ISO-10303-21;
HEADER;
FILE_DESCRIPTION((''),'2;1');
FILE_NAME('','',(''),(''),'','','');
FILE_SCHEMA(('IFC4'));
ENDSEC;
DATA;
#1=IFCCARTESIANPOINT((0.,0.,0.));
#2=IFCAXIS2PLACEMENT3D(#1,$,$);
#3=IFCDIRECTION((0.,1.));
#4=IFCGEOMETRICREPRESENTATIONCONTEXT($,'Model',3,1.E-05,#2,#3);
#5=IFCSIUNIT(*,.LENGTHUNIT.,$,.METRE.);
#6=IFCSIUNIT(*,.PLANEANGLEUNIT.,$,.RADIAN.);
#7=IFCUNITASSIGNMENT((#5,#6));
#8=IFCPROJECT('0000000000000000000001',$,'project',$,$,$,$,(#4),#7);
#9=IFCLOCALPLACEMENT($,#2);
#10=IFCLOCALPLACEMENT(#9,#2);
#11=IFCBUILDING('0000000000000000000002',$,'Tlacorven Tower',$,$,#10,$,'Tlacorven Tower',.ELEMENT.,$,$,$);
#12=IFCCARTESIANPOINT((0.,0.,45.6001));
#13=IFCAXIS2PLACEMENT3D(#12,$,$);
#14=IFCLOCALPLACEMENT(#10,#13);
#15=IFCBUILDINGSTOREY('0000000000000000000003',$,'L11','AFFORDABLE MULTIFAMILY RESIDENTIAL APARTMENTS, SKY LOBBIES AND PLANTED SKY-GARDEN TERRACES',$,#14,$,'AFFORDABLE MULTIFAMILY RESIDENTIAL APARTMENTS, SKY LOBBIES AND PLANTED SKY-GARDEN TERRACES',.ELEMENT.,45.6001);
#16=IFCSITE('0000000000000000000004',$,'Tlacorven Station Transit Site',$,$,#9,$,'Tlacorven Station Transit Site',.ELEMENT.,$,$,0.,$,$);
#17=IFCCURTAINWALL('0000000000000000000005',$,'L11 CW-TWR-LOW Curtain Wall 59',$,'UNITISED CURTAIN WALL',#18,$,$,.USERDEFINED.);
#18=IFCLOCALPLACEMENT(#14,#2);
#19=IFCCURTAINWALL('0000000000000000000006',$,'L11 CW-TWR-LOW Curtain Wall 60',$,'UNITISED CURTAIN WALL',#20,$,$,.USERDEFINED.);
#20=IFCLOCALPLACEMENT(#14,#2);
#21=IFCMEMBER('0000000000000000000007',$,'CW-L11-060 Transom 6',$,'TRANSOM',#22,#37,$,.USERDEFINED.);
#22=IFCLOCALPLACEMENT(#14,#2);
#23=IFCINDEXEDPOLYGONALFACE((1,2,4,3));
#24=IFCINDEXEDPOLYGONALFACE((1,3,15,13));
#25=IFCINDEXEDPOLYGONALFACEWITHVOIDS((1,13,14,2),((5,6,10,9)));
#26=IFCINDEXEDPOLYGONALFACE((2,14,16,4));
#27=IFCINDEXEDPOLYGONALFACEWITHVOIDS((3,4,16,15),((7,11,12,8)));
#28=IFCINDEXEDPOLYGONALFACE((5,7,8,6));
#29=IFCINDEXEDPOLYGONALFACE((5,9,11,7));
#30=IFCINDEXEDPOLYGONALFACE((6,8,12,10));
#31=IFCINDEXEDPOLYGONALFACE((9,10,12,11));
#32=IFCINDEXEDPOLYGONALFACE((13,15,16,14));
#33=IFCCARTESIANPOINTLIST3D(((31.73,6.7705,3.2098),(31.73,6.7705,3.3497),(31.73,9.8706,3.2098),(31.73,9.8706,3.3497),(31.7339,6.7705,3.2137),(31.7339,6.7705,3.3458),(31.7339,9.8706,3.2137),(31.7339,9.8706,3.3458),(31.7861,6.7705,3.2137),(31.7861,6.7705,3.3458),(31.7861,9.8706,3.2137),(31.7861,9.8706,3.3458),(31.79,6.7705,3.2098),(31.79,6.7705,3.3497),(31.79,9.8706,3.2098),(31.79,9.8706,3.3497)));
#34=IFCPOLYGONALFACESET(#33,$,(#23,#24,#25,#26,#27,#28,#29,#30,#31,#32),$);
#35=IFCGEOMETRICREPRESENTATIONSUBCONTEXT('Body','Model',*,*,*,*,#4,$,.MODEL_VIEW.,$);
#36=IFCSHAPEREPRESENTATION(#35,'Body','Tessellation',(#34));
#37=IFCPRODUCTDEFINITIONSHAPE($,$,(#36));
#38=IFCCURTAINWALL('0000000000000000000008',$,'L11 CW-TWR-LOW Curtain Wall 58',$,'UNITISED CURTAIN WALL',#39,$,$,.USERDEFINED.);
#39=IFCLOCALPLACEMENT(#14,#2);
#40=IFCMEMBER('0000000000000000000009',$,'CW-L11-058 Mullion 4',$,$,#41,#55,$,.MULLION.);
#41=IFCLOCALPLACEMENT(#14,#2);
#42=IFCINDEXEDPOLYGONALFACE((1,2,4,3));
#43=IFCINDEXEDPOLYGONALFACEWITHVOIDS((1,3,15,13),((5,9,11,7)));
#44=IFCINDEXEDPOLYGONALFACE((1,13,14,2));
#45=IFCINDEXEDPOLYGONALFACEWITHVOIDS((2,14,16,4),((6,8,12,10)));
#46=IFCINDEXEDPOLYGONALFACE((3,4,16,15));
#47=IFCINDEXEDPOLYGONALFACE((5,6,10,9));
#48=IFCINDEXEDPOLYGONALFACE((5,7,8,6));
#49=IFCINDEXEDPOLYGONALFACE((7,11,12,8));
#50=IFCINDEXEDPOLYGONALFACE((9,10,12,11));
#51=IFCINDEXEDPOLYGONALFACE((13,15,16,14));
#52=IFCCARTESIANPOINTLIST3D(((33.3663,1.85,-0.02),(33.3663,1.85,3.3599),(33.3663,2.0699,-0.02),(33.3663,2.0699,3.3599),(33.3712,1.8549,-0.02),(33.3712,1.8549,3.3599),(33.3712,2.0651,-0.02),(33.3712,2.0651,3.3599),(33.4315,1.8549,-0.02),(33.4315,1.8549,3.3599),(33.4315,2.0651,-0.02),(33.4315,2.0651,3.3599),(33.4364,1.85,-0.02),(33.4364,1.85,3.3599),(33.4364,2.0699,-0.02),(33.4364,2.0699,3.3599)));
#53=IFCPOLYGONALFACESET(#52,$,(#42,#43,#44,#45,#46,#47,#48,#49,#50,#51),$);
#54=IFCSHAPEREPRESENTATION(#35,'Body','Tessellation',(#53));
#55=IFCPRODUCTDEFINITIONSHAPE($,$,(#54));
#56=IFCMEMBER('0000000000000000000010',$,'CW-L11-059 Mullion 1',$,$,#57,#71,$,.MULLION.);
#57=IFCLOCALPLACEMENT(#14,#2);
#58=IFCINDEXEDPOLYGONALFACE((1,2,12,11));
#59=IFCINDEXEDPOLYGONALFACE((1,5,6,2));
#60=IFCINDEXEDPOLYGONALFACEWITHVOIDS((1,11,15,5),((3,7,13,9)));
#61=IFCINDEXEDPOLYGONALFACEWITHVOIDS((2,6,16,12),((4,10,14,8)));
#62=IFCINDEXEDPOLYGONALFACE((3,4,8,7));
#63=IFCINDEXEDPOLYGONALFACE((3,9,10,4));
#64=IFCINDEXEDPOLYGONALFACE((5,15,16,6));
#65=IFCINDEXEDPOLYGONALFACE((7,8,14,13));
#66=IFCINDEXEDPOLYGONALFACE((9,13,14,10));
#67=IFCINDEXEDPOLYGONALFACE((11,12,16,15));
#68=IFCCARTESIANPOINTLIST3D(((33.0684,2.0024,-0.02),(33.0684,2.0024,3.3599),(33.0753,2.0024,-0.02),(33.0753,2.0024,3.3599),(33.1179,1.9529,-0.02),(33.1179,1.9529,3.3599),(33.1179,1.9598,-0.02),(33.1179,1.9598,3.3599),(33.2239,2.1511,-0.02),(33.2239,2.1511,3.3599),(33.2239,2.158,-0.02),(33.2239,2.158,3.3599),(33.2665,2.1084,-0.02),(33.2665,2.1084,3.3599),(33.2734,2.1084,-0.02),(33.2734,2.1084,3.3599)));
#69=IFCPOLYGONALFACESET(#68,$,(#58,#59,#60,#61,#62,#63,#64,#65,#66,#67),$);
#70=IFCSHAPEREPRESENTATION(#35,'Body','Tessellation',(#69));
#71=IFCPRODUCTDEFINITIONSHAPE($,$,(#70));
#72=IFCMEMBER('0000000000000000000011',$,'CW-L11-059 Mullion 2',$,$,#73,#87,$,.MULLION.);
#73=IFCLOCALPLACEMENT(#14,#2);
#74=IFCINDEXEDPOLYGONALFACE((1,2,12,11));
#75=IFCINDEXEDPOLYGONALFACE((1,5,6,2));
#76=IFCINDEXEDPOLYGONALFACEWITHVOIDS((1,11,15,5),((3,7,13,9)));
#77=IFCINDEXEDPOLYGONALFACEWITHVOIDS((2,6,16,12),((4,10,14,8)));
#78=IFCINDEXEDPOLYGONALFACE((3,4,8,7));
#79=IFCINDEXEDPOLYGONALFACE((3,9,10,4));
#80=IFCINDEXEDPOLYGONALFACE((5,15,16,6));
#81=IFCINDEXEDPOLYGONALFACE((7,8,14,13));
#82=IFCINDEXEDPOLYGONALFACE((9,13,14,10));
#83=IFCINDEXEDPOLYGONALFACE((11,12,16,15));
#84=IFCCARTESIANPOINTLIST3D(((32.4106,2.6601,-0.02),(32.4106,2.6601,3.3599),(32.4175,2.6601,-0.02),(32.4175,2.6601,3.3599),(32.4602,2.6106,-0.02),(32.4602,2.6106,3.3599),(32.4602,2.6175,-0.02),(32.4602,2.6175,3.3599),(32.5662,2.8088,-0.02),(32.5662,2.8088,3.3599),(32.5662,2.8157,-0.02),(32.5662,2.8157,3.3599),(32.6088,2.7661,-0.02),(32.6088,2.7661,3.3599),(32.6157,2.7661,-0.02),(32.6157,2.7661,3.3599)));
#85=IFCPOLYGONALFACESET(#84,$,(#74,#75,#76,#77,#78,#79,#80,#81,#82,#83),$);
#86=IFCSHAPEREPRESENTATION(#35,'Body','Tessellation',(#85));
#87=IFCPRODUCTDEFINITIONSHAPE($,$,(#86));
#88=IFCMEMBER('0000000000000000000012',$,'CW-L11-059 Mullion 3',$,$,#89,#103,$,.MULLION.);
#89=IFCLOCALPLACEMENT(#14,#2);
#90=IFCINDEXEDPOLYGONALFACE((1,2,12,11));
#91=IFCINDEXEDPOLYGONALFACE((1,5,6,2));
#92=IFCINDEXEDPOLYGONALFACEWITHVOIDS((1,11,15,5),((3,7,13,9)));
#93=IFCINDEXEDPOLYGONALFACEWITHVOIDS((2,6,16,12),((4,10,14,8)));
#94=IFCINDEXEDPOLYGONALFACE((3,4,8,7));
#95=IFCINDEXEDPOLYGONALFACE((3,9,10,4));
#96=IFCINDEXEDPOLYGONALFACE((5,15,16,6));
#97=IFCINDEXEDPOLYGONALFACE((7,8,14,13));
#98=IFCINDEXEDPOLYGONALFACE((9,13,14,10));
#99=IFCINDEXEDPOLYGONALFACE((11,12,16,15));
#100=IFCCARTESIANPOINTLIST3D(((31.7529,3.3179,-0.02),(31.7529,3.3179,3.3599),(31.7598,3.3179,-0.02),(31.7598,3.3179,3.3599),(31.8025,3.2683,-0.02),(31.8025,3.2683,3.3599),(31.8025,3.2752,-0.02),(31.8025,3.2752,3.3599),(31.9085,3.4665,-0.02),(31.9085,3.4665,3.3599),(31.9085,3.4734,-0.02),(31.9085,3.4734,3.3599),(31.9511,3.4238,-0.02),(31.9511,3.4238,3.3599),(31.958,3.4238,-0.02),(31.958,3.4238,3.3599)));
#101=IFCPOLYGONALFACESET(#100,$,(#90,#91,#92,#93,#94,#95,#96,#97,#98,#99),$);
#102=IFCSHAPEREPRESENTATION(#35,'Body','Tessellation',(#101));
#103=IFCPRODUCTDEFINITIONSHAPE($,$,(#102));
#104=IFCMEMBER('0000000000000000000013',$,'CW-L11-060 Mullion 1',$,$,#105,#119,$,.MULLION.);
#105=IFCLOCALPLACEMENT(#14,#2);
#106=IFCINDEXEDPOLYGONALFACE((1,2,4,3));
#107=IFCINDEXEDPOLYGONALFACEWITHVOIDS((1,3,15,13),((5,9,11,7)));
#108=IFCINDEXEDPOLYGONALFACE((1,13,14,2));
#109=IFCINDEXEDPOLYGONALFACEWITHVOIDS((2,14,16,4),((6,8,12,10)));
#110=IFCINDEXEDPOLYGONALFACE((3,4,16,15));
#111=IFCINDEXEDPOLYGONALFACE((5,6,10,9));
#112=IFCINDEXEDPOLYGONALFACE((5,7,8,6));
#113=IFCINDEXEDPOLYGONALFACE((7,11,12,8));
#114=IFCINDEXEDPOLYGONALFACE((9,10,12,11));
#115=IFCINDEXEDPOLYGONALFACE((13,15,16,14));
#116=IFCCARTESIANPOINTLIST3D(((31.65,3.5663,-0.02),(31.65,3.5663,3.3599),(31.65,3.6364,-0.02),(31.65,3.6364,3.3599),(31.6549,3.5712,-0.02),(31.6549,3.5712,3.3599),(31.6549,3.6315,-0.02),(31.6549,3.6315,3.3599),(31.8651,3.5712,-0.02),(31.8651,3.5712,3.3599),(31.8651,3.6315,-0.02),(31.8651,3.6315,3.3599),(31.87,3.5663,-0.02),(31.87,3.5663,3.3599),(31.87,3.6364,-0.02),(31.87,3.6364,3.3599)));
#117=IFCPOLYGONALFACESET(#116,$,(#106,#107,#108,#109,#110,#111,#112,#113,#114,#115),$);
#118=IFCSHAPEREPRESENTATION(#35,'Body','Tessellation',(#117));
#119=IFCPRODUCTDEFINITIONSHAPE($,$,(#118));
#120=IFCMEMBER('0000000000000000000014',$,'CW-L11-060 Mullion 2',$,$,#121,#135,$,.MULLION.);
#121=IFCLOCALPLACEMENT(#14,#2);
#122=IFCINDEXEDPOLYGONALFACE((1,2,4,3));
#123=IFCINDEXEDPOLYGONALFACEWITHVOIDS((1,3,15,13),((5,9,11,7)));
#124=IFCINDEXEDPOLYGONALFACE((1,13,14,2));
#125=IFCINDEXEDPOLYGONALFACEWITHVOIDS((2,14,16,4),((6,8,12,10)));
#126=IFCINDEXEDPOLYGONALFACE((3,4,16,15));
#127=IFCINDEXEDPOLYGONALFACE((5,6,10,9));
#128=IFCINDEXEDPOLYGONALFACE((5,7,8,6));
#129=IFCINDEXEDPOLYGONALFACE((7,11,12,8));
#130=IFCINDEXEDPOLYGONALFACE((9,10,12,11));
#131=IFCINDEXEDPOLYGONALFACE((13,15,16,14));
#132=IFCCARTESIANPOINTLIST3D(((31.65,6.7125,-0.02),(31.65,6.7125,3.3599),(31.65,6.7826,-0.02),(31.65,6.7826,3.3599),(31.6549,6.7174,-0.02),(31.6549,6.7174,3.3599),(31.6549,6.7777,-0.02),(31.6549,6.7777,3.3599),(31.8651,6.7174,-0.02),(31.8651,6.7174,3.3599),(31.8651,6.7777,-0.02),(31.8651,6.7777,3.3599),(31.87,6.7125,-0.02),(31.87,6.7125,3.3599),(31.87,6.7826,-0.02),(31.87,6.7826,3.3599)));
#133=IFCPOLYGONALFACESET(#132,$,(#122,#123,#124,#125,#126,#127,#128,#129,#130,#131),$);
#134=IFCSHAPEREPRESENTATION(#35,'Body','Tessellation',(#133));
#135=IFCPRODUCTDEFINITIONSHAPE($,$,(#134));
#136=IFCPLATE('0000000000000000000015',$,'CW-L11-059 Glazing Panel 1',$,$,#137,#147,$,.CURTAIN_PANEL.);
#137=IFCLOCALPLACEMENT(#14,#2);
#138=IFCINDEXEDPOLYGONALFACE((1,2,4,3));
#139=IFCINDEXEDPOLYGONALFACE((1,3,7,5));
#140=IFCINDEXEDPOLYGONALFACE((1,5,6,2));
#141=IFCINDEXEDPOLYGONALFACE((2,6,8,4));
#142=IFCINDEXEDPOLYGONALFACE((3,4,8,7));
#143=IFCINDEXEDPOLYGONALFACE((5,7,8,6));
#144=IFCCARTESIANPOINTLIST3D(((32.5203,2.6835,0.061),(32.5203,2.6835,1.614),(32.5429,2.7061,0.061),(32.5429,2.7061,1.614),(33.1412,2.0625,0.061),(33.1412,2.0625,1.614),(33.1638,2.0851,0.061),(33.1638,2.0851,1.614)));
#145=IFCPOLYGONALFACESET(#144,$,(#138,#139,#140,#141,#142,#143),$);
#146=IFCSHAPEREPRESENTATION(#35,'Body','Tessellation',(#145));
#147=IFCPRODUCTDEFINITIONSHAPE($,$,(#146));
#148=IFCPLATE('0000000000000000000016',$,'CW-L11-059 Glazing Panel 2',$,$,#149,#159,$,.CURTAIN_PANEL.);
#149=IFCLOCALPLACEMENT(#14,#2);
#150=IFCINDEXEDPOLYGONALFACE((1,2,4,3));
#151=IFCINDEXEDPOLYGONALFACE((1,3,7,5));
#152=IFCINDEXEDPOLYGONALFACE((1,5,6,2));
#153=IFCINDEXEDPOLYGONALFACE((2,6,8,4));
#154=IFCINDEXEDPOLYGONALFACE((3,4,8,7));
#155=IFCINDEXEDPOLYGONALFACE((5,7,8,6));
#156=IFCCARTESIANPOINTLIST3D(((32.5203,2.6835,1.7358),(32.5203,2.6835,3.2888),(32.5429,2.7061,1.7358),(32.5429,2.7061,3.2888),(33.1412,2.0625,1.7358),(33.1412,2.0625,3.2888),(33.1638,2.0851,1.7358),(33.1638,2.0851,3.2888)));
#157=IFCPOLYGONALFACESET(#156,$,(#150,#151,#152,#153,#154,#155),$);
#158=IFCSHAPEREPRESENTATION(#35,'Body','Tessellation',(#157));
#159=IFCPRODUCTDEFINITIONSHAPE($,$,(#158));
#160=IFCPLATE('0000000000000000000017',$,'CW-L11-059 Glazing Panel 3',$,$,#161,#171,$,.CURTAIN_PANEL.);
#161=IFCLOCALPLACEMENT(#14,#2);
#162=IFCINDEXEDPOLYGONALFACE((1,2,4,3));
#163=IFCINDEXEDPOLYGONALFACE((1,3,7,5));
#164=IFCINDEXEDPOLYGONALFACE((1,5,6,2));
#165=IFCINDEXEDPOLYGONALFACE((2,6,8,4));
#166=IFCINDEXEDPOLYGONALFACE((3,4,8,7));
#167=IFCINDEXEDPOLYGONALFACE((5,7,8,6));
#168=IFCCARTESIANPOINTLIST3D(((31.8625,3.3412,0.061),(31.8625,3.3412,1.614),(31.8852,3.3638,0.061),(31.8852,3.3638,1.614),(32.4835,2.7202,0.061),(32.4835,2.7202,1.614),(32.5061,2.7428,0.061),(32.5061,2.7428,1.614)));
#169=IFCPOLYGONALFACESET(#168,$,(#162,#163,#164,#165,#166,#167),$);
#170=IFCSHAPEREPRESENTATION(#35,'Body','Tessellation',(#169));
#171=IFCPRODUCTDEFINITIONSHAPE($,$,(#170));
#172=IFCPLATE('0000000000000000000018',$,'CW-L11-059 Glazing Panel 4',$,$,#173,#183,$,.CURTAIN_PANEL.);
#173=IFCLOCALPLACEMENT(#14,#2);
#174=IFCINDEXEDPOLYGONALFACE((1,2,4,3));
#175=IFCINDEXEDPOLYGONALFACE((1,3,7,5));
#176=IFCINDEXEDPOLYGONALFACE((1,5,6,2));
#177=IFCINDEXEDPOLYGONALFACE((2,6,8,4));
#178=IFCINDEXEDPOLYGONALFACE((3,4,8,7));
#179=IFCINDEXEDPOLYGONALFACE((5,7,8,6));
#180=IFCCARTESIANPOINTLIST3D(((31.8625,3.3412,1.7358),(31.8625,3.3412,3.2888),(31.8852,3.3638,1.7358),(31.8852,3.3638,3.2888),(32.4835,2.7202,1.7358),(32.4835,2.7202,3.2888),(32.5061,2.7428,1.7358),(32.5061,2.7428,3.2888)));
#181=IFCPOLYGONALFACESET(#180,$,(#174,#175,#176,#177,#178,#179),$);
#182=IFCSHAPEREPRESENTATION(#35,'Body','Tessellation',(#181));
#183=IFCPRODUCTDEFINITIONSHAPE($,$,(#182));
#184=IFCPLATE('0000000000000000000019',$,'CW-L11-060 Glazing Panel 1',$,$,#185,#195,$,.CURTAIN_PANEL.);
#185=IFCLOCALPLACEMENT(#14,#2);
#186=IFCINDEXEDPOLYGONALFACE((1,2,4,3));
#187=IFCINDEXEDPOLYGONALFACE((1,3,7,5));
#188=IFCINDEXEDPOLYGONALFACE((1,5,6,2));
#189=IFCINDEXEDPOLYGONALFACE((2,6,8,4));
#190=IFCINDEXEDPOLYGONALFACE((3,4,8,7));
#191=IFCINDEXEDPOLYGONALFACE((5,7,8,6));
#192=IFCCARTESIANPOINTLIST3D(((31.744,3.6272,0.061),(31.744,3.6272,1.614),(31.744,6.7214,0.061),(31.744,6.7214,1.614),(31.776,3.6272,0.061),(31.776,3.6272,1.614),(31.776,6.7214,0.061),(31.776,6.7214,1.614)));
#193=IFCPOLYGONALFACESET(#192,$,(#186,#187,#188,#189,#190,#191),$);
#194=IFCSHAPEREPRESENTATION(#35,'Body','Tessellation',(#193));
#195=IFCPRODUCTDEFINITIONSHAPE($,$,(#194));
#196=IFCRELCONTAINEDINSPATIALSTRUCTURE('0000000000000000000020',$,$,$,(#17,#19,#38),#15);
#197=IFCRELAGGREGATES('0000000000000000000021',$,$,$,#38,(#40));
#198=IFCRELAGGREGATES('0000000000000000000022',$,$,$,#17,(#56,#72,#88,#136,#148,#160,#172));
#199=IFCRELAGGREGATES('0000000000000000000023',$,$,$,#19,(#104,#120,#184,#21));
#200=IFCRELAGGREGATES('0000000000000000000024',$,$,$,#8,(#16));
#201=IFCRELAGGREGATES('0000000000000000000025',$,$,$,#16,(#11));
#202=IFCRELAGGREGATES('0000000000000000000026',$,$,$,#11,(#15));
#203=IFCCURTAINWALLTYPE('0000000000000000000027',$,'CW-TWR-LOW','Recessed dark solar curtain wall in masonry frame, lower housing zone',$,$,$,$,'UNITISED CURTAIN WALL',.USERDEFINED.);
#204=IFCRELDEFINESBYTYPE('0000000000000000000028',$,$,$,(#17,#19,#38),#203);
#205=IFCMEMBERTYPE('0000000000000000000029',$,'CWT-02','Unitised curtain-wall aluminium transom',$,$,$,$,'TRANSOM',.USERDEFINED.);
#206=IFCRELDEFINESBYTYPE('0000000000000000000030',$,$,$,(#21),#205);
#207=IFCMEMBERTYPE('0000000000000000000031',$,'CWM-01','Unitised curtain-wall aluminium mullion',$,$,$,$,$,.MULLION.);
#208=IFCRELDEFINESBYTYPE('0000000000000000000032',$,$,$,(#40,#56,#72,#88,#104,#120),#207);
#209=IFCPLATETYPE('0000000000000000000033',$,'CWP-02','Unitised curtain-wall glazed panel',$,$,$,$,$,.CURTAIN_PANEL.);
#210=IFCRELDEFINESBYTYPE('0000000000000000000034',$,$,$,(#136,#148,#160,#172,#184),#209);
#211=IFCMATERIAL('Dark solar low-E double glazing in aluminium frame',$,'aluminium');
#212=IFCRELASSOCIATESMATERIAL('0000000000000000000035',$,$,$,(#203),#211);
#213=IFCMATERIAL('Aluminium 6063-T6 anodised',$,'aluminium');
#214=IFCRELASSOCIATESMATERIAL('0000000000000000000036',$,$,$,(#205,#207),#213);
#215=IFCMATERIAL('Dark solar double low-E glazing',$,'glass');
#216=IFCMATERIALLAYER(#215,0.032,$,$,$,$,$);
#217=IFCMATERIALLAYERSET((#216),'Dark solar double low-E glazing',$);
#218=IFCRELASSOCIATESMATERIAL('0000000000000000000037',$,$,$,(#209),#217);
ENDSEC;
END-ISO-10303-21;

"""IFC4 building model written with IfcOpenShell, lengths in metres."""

from ifc_helpers import new_model, si_unit, direction, frame, origin, origin_2d, place, context, subcontext, project, spatial, rectangle, hollow_rectangle, extrude, source, transform, mapped, material, layer, layer_set, material_profile, profile_set, type_object, element, aggregate, save


model = new_model("IFC4")

# Units and contexts
model_context = context("Model", 3, precision=1e-05, world=origin(), true_north=direction((0.0, 1.0)))
body_context = subcontext(model_context, "Body", "Model", "MODEL_VIEW")
ifc_project = project(units=[si_unit("LENGTHUNIT", "METRE"), si_unit("PLANEANGLEUNIT", "RADIAN")], contexts=[model_context])

# Site, building, storey
site_placement = place(None, origin())
site = spatial("IfcSite", under=ifc_project, at=site_placement, Name="Tlacorven Station Transit Site", LongName="Tlacorven Station Transit Site", CompositionType="ELEMENT", RefElevation=0.0)
building_placement = place(site_placement, origin())
building = spatial("IfcBuilding", under=site, at=building_placement, Name="Tlacorven Tower", LongName="Tlacorven Tower", CompositionType="ELEMENT")
storey_placement = place(building_placement, frame((0.0, 0.0, 45.6001)))
storey = spatial("IfcBuildingStorey", under=building, at=storey_placement, Name="L11", Description="AFFORDABLE MULTIFAMILY RESIDENTIAL APARTMENTS, SKY LOBBIES AND PLANTED SKY-GARDEN TERRACES", LongName="AFFORDABLE MULTIFAMILY RESIDENTIAL APARTMENTS, SKY LOBBIES AND PLANTED SKY-GARDEN TERRACES", CompositionType="ELEMENT", Elevation=45.6001)

# Curtain walls, member
ifc_material_1 = material(Name="Dark solar low-E double glazing in aluminium frame", Category="aluminium")
curtain_wall_type = type_object("IfcCurtainWallType", Name="CW-TWR-LOW", Description="Recessed dark solar curtain wall in masonry frame, lower housing zone", ElementType="UNITISED CURTAIN WALL", PredefinedType="USERDEFINED", material=ifc_material_1)
curtain_wall_1_placement = place(storey_placement, origin())
curtain_wall_1 = element("IfcCurtainWall", 1, at=curtain_wall_1_placement, inside=storey, type_object=curtain_wall_type, Name="L11 CW-TWR-LOW Curtain Wall 59", ObjectType="UNITISED CURTAIN WALL", PredefinedType="USERDEFINED")
ifc_material_2 = material(Name="Aluminium 6063-T6 anodised", Category="aluminium")
ifc_material_profile_1 = material_profile(ifc_material_2, hollow_rectangle(XDim=0.0601, YDim=0.1399, WallThickness=0.0039, at=origin_2d()), Name="ALU TRANSOM 60X140")
ifc_profile_set_1 = profile_set([ifc_material_profile_1], Name="Aluminium 6063-T6 anodised")
member_type_1 = type_object("IfcMemberType", Name="CWT-02", Description="Unitised curtain-wall aluminium transom", ElementType="TRANSOM", PredefinedType="USERDEFINED", material=ifc_profile_set_1)
curtain_wall_2_placement = place(storey_placement, origin())
curtain_wall_2 = element("IfcCurtainWall", 2, at=curtain_wall_2_placement, inside=storey, type_object=curtain_wall_type, Name="L11 CW-TWR-LOW Curtain Wall 60", ObjectType="UNITISED CURTAIN WALL", PredefinedType="USERDEFINED")
shared_shape_1 = source(origin(), body_context, "Body", "SweptSolid", [
    extrude(hollow_rectangle(XDim=0.0601, YDim=0.1399, WallThickness=0.0039, at=origin_2d()), origin(), (0.0, 0.0, 1.0), 3.1001),
])
member_1_placement = place(storey_placement, frame((31.76, 6.7705, 3.2798), z_axis=(0.0, 1.0, 0.0), x_axis=(-1.0, 0.0, 0.0)))
member_1 = element("IfcMember", 3, at=member_1_placement, type_object=member_type_1, Name="CW-L11-060 Transom 6", ObjectType="TRANSOM", PredefinedType="USERDEFINED", context=body_context, shape_type="MappedRepresentation", body=[
    mapped(shared_shape_1, transform((0.0, 0.0, 0.0), scale=1.0)),
])

# Curtain wall, member
curtain_wall_3_placement = place(storey_placement, origin())
curtain_wall_3 = element("IfcCurtainWall", 4, at=curtain_wall_3_placement, inside=storey, type_object=curtain_wall_type, Name="L11 CW-TWR-LOW Curtain Wall 58", ObjectType="UNITISED CURTAIN WALL", PredefinedType="USERDEFINED")
ifc_material_profile_2 = material_profile(ifc_material_2, hollow_rectangle(XDim=0.0701, YDim=0.22, WallThickness=0.0049, at=origin_2d()), Name="ALU MULLION 70X220")
ifc_profile_set_2 = profile_set([ifc_material_profile_2], Name="Aluminium 6063-T6 anodised")
member_type_2 = type_object("IfcMemberType", Name="CWM-01", Description="Unitised curtain-wall aluminium mullion", PredefinedType="MULLION", material=ifc_profile_set_2)
shared_shape_2 = source(origin(), body_context, "Body", "SweptSolid", [
    extrude(hollow_rectangle(XDim=0.0701, YDim=0.22, WallThickness=0.0049, at=origin_2d()), origin(), (0.0, 0.0, 1.0), 3.3799),
])
member_2_placement = place(storey_placement, frame((33.4014, 1.96, -0.02), z_axis=(0.0, 0.0, 1.0), x_axis=(-1.0, 0.0, 0.0)))
member_2 = element("IfcMember", 5, at=member_2_placement, type_object=member_type_2, Name="CW-L11-058 Mullion 4", PredefinedType="MULLION", context=body_context, shape_type="MappedRepresentation", body=[
    mapped(shared_shape_2, transform((0.0, 0.0, 0.0), scale=1.0)),
])
aggregate(curtain_wall_3, [member_2])

# Members
member_3_placement = place(storey_placement, frame((33.1709, 2.0554, -0.02), z_axis=(0.0, 0.0, 1.0), x_axis=(-0.707107, 0.707107, 0.0)))
member_3 = element("IfcMember", 6, at=member_3_placement, type_object=member_type_2, Name="CW-L11-059 Mullion 1", PredefinedType="MULLION", context=body_context, shape_type="MappedRepresentation", body=[
    mapped(shared_shape_2, transform((0.0, 0.0, 0.0), scale=1.0)),
])
member_4_placement = place(storey_placement, frame((32.5132, 2.7131, -0.02), z_axis=(0.0, 0.0, 1.0), x_axis=(-0.707107, 0.707107, 0.0)))
member_4 = element("IfcMember", 7, at=member_4_placement, type_object=member_type_2, Name="CW-L11-059 Mullion 2", PredefinedType="MULLION", context=body_context, shape_type="MappedRepresentation", body=[
    mapped(shared_shape_2, transform((0.0, 0.0, 0.0), scale=1.0)),
])
member_5_placement = place(storey_placement, frame((31.8555, 3.3708, -0.02), z_axis=(0.0, 0.0, 1.0), x_axis=(-0.707107, 0.707107, 0.0)))
member_5 = element("IfcMember", 8, at=member_5_placement, type_object=member_type_2, Name="CW-L11-059 Mullion 3", PredefinedType="MULLION", context=body_context, shape_type="MappedRepresentation", body=[
    mapped(shared_shape_2, transform((0.0, 0.0, 0.0), scale=1.0)),
])
member_6_placement = place(storey_placement, frame((31.76, 3.6013, -0.02), z_axis=(0.0, 0.0, 1.0), x_axis=(0.0, 1.0, 0.0)))
member_6 = element("IfcMember", 9, at=member_6_placement, type_object=member_type_2, Name="CW-L11-060 Mullion 1", PredefinedType="MULLION", context=body_context, shape_type="MappedRepresentation", body=[
    mapped(shared_shape_2, transform((0.0, 0.0, 0.0), scale=1.0)),
])
member_7_placement = place(storey_placement, frame((31.76, 6.7476, -0.02), z_axis=(0.0, 0.0, 1.0), x_axis=(0.0, 1.0, 0.0)))
member_7 = element("IfcMember", 10, at=member_7_placement, type_object=member_type_2, Name="CW-L11-060 Mullion 2", PredefinedType="MULLION", context=body_context, shape_type="MappedRepresentation", body=[
    mapped(shared_shape_2, transform((0.0, 0.0, 0.0), scale=1.0)),
])

# Plates
ifc_material_3 = material(Name="Dark solar double low-E glazing", Category="glass")
ifc_layer = layer(ifc_material_3, 0.032)
ifc_layer_set = layer_set([ifc_layer], Name="Dark solar double low-E glazing")
plate_type = type_object("IfcPlateType", Name="CWP-02", Description="Unitised curtain-wall glazed panel", PredefinedType="CURTAIN_PANEL", material=ifc_layer_set)
shared_shape_3 = source(origin(), body_context, "Body", "SweptSolid", [
    extrude(rectangle(XDim=0.8782, YDim=0.032, at=origin_2d()), origin(), (0.0, 0.0, 1.0), 1.553),
])
plate_1_placement = place(storey_placement, frame((32.842, 2.3843, 0.061), z_axis=(0.0, 0.0, 1.0), x_axis=(-0.707107, 0.707107, 0.0)))
plate_1 = element("IfcPlate", 11, at=plate_1_placement, type_object=plate_type, Name="CW-L11-059 Glazing Panel 1", PredefinedType="CURTAIN_PANEL", context=body_context, shape_type="MappedRepresentation", body=[
    mapped(shared_shape_3, transform((0.0, 0.0, 0.0), scale=1.0)),
])
plate_2_placement = place(storey_placement, frame((32.842, 2.3843, 1.7358), z_axis=(0.0, 0.0, 1.0), x_axis=(-0.707107, 0.707107, 0.0)))
plate_2 = element("IfcPlate", 12, at=plate_2_placement, type_object=plate_type, Name="CW-L11-059 Glazing Panel 2", PredefinedType="CURTAIN_PANEL", context=body_context, shape_type="MappedRepresentation", body=[
    mapped(shared_shape_3, transform((0.0, 0.0, 0.0), scale=1.0)),
])
plate_3_placement = place(storey_placement, frame((32.1843, 3.042, 0.061), z_axis=(0.0, 0.0, 1.0), x_axis=(-0.707107, 0.707107, 0.0)))
plate_3 = element("IfcPlate", 13, at=plate_3_placement, type_object=plate_type, Name="CW-L11-059 Glazing Panel 3", PredefinedType="CURTAIN_PANEL", context=body_context, shape_type="MappedRepresentation", body=[
    mapped(shared_shape_3, transform((0.0, 0.0, 0.0), scale=1.0)),
])
plate_4_placement = place(storey_placement, frame((32.1843, 3.042, 1.7358), z_axis=(0.0, 0.0, 1.0), x_axis=(-0.707107, 0.707107, 0.0)))
plate_4 = element("IfcPlate", 14, at=plate_4_placement, type_object=plate_type, Name="CW-L11-059 Glazing Panel 4", PredefinedType="CURTAIN_PANEL", context=body_context, shape_type="MappedRepresentation", body=[
    mapped(shared_shape_3, transform((0.0, 0.0, 0.0), scale=1.0)),
])
aggregate(curtain_wall_1, [member_3, member_4, member_5, plate_1, plate_2, plate_3, plate_4])
shared_shape_4 = source(origin(), body_context, "Body", "SweptSolid", [
    extrude(rectangle(XDim=3.0942, YDim=0.032, at=origin_2d()), origin(), (0.0, 0.0, 1.0), 1.553),
])
plate_5_placement = place(storey_placement, frame((31.76, 5.1743, 0.061), z_axis=(0.0, 0.0, 1.0), x_axis=(0.0, 1.0, 0.0)))
plate_5 = element("IfcPlate", 15, at=plate_5_placement, type_object=plate_type, Name="CW-L11-060 Glazing Panel 1", PredefinedType="CURTAIN_PANEL", context=body_context, shape_type="MappedRepresentation", body=[
    mapped(shared_shape_4, transform((0.0, 0.0, 0.0), scale=1.0)),
])
aggregate(curtain_wall_2, [member_6, member_7, plate_5, member_1])

save(model, "model.ifc")
